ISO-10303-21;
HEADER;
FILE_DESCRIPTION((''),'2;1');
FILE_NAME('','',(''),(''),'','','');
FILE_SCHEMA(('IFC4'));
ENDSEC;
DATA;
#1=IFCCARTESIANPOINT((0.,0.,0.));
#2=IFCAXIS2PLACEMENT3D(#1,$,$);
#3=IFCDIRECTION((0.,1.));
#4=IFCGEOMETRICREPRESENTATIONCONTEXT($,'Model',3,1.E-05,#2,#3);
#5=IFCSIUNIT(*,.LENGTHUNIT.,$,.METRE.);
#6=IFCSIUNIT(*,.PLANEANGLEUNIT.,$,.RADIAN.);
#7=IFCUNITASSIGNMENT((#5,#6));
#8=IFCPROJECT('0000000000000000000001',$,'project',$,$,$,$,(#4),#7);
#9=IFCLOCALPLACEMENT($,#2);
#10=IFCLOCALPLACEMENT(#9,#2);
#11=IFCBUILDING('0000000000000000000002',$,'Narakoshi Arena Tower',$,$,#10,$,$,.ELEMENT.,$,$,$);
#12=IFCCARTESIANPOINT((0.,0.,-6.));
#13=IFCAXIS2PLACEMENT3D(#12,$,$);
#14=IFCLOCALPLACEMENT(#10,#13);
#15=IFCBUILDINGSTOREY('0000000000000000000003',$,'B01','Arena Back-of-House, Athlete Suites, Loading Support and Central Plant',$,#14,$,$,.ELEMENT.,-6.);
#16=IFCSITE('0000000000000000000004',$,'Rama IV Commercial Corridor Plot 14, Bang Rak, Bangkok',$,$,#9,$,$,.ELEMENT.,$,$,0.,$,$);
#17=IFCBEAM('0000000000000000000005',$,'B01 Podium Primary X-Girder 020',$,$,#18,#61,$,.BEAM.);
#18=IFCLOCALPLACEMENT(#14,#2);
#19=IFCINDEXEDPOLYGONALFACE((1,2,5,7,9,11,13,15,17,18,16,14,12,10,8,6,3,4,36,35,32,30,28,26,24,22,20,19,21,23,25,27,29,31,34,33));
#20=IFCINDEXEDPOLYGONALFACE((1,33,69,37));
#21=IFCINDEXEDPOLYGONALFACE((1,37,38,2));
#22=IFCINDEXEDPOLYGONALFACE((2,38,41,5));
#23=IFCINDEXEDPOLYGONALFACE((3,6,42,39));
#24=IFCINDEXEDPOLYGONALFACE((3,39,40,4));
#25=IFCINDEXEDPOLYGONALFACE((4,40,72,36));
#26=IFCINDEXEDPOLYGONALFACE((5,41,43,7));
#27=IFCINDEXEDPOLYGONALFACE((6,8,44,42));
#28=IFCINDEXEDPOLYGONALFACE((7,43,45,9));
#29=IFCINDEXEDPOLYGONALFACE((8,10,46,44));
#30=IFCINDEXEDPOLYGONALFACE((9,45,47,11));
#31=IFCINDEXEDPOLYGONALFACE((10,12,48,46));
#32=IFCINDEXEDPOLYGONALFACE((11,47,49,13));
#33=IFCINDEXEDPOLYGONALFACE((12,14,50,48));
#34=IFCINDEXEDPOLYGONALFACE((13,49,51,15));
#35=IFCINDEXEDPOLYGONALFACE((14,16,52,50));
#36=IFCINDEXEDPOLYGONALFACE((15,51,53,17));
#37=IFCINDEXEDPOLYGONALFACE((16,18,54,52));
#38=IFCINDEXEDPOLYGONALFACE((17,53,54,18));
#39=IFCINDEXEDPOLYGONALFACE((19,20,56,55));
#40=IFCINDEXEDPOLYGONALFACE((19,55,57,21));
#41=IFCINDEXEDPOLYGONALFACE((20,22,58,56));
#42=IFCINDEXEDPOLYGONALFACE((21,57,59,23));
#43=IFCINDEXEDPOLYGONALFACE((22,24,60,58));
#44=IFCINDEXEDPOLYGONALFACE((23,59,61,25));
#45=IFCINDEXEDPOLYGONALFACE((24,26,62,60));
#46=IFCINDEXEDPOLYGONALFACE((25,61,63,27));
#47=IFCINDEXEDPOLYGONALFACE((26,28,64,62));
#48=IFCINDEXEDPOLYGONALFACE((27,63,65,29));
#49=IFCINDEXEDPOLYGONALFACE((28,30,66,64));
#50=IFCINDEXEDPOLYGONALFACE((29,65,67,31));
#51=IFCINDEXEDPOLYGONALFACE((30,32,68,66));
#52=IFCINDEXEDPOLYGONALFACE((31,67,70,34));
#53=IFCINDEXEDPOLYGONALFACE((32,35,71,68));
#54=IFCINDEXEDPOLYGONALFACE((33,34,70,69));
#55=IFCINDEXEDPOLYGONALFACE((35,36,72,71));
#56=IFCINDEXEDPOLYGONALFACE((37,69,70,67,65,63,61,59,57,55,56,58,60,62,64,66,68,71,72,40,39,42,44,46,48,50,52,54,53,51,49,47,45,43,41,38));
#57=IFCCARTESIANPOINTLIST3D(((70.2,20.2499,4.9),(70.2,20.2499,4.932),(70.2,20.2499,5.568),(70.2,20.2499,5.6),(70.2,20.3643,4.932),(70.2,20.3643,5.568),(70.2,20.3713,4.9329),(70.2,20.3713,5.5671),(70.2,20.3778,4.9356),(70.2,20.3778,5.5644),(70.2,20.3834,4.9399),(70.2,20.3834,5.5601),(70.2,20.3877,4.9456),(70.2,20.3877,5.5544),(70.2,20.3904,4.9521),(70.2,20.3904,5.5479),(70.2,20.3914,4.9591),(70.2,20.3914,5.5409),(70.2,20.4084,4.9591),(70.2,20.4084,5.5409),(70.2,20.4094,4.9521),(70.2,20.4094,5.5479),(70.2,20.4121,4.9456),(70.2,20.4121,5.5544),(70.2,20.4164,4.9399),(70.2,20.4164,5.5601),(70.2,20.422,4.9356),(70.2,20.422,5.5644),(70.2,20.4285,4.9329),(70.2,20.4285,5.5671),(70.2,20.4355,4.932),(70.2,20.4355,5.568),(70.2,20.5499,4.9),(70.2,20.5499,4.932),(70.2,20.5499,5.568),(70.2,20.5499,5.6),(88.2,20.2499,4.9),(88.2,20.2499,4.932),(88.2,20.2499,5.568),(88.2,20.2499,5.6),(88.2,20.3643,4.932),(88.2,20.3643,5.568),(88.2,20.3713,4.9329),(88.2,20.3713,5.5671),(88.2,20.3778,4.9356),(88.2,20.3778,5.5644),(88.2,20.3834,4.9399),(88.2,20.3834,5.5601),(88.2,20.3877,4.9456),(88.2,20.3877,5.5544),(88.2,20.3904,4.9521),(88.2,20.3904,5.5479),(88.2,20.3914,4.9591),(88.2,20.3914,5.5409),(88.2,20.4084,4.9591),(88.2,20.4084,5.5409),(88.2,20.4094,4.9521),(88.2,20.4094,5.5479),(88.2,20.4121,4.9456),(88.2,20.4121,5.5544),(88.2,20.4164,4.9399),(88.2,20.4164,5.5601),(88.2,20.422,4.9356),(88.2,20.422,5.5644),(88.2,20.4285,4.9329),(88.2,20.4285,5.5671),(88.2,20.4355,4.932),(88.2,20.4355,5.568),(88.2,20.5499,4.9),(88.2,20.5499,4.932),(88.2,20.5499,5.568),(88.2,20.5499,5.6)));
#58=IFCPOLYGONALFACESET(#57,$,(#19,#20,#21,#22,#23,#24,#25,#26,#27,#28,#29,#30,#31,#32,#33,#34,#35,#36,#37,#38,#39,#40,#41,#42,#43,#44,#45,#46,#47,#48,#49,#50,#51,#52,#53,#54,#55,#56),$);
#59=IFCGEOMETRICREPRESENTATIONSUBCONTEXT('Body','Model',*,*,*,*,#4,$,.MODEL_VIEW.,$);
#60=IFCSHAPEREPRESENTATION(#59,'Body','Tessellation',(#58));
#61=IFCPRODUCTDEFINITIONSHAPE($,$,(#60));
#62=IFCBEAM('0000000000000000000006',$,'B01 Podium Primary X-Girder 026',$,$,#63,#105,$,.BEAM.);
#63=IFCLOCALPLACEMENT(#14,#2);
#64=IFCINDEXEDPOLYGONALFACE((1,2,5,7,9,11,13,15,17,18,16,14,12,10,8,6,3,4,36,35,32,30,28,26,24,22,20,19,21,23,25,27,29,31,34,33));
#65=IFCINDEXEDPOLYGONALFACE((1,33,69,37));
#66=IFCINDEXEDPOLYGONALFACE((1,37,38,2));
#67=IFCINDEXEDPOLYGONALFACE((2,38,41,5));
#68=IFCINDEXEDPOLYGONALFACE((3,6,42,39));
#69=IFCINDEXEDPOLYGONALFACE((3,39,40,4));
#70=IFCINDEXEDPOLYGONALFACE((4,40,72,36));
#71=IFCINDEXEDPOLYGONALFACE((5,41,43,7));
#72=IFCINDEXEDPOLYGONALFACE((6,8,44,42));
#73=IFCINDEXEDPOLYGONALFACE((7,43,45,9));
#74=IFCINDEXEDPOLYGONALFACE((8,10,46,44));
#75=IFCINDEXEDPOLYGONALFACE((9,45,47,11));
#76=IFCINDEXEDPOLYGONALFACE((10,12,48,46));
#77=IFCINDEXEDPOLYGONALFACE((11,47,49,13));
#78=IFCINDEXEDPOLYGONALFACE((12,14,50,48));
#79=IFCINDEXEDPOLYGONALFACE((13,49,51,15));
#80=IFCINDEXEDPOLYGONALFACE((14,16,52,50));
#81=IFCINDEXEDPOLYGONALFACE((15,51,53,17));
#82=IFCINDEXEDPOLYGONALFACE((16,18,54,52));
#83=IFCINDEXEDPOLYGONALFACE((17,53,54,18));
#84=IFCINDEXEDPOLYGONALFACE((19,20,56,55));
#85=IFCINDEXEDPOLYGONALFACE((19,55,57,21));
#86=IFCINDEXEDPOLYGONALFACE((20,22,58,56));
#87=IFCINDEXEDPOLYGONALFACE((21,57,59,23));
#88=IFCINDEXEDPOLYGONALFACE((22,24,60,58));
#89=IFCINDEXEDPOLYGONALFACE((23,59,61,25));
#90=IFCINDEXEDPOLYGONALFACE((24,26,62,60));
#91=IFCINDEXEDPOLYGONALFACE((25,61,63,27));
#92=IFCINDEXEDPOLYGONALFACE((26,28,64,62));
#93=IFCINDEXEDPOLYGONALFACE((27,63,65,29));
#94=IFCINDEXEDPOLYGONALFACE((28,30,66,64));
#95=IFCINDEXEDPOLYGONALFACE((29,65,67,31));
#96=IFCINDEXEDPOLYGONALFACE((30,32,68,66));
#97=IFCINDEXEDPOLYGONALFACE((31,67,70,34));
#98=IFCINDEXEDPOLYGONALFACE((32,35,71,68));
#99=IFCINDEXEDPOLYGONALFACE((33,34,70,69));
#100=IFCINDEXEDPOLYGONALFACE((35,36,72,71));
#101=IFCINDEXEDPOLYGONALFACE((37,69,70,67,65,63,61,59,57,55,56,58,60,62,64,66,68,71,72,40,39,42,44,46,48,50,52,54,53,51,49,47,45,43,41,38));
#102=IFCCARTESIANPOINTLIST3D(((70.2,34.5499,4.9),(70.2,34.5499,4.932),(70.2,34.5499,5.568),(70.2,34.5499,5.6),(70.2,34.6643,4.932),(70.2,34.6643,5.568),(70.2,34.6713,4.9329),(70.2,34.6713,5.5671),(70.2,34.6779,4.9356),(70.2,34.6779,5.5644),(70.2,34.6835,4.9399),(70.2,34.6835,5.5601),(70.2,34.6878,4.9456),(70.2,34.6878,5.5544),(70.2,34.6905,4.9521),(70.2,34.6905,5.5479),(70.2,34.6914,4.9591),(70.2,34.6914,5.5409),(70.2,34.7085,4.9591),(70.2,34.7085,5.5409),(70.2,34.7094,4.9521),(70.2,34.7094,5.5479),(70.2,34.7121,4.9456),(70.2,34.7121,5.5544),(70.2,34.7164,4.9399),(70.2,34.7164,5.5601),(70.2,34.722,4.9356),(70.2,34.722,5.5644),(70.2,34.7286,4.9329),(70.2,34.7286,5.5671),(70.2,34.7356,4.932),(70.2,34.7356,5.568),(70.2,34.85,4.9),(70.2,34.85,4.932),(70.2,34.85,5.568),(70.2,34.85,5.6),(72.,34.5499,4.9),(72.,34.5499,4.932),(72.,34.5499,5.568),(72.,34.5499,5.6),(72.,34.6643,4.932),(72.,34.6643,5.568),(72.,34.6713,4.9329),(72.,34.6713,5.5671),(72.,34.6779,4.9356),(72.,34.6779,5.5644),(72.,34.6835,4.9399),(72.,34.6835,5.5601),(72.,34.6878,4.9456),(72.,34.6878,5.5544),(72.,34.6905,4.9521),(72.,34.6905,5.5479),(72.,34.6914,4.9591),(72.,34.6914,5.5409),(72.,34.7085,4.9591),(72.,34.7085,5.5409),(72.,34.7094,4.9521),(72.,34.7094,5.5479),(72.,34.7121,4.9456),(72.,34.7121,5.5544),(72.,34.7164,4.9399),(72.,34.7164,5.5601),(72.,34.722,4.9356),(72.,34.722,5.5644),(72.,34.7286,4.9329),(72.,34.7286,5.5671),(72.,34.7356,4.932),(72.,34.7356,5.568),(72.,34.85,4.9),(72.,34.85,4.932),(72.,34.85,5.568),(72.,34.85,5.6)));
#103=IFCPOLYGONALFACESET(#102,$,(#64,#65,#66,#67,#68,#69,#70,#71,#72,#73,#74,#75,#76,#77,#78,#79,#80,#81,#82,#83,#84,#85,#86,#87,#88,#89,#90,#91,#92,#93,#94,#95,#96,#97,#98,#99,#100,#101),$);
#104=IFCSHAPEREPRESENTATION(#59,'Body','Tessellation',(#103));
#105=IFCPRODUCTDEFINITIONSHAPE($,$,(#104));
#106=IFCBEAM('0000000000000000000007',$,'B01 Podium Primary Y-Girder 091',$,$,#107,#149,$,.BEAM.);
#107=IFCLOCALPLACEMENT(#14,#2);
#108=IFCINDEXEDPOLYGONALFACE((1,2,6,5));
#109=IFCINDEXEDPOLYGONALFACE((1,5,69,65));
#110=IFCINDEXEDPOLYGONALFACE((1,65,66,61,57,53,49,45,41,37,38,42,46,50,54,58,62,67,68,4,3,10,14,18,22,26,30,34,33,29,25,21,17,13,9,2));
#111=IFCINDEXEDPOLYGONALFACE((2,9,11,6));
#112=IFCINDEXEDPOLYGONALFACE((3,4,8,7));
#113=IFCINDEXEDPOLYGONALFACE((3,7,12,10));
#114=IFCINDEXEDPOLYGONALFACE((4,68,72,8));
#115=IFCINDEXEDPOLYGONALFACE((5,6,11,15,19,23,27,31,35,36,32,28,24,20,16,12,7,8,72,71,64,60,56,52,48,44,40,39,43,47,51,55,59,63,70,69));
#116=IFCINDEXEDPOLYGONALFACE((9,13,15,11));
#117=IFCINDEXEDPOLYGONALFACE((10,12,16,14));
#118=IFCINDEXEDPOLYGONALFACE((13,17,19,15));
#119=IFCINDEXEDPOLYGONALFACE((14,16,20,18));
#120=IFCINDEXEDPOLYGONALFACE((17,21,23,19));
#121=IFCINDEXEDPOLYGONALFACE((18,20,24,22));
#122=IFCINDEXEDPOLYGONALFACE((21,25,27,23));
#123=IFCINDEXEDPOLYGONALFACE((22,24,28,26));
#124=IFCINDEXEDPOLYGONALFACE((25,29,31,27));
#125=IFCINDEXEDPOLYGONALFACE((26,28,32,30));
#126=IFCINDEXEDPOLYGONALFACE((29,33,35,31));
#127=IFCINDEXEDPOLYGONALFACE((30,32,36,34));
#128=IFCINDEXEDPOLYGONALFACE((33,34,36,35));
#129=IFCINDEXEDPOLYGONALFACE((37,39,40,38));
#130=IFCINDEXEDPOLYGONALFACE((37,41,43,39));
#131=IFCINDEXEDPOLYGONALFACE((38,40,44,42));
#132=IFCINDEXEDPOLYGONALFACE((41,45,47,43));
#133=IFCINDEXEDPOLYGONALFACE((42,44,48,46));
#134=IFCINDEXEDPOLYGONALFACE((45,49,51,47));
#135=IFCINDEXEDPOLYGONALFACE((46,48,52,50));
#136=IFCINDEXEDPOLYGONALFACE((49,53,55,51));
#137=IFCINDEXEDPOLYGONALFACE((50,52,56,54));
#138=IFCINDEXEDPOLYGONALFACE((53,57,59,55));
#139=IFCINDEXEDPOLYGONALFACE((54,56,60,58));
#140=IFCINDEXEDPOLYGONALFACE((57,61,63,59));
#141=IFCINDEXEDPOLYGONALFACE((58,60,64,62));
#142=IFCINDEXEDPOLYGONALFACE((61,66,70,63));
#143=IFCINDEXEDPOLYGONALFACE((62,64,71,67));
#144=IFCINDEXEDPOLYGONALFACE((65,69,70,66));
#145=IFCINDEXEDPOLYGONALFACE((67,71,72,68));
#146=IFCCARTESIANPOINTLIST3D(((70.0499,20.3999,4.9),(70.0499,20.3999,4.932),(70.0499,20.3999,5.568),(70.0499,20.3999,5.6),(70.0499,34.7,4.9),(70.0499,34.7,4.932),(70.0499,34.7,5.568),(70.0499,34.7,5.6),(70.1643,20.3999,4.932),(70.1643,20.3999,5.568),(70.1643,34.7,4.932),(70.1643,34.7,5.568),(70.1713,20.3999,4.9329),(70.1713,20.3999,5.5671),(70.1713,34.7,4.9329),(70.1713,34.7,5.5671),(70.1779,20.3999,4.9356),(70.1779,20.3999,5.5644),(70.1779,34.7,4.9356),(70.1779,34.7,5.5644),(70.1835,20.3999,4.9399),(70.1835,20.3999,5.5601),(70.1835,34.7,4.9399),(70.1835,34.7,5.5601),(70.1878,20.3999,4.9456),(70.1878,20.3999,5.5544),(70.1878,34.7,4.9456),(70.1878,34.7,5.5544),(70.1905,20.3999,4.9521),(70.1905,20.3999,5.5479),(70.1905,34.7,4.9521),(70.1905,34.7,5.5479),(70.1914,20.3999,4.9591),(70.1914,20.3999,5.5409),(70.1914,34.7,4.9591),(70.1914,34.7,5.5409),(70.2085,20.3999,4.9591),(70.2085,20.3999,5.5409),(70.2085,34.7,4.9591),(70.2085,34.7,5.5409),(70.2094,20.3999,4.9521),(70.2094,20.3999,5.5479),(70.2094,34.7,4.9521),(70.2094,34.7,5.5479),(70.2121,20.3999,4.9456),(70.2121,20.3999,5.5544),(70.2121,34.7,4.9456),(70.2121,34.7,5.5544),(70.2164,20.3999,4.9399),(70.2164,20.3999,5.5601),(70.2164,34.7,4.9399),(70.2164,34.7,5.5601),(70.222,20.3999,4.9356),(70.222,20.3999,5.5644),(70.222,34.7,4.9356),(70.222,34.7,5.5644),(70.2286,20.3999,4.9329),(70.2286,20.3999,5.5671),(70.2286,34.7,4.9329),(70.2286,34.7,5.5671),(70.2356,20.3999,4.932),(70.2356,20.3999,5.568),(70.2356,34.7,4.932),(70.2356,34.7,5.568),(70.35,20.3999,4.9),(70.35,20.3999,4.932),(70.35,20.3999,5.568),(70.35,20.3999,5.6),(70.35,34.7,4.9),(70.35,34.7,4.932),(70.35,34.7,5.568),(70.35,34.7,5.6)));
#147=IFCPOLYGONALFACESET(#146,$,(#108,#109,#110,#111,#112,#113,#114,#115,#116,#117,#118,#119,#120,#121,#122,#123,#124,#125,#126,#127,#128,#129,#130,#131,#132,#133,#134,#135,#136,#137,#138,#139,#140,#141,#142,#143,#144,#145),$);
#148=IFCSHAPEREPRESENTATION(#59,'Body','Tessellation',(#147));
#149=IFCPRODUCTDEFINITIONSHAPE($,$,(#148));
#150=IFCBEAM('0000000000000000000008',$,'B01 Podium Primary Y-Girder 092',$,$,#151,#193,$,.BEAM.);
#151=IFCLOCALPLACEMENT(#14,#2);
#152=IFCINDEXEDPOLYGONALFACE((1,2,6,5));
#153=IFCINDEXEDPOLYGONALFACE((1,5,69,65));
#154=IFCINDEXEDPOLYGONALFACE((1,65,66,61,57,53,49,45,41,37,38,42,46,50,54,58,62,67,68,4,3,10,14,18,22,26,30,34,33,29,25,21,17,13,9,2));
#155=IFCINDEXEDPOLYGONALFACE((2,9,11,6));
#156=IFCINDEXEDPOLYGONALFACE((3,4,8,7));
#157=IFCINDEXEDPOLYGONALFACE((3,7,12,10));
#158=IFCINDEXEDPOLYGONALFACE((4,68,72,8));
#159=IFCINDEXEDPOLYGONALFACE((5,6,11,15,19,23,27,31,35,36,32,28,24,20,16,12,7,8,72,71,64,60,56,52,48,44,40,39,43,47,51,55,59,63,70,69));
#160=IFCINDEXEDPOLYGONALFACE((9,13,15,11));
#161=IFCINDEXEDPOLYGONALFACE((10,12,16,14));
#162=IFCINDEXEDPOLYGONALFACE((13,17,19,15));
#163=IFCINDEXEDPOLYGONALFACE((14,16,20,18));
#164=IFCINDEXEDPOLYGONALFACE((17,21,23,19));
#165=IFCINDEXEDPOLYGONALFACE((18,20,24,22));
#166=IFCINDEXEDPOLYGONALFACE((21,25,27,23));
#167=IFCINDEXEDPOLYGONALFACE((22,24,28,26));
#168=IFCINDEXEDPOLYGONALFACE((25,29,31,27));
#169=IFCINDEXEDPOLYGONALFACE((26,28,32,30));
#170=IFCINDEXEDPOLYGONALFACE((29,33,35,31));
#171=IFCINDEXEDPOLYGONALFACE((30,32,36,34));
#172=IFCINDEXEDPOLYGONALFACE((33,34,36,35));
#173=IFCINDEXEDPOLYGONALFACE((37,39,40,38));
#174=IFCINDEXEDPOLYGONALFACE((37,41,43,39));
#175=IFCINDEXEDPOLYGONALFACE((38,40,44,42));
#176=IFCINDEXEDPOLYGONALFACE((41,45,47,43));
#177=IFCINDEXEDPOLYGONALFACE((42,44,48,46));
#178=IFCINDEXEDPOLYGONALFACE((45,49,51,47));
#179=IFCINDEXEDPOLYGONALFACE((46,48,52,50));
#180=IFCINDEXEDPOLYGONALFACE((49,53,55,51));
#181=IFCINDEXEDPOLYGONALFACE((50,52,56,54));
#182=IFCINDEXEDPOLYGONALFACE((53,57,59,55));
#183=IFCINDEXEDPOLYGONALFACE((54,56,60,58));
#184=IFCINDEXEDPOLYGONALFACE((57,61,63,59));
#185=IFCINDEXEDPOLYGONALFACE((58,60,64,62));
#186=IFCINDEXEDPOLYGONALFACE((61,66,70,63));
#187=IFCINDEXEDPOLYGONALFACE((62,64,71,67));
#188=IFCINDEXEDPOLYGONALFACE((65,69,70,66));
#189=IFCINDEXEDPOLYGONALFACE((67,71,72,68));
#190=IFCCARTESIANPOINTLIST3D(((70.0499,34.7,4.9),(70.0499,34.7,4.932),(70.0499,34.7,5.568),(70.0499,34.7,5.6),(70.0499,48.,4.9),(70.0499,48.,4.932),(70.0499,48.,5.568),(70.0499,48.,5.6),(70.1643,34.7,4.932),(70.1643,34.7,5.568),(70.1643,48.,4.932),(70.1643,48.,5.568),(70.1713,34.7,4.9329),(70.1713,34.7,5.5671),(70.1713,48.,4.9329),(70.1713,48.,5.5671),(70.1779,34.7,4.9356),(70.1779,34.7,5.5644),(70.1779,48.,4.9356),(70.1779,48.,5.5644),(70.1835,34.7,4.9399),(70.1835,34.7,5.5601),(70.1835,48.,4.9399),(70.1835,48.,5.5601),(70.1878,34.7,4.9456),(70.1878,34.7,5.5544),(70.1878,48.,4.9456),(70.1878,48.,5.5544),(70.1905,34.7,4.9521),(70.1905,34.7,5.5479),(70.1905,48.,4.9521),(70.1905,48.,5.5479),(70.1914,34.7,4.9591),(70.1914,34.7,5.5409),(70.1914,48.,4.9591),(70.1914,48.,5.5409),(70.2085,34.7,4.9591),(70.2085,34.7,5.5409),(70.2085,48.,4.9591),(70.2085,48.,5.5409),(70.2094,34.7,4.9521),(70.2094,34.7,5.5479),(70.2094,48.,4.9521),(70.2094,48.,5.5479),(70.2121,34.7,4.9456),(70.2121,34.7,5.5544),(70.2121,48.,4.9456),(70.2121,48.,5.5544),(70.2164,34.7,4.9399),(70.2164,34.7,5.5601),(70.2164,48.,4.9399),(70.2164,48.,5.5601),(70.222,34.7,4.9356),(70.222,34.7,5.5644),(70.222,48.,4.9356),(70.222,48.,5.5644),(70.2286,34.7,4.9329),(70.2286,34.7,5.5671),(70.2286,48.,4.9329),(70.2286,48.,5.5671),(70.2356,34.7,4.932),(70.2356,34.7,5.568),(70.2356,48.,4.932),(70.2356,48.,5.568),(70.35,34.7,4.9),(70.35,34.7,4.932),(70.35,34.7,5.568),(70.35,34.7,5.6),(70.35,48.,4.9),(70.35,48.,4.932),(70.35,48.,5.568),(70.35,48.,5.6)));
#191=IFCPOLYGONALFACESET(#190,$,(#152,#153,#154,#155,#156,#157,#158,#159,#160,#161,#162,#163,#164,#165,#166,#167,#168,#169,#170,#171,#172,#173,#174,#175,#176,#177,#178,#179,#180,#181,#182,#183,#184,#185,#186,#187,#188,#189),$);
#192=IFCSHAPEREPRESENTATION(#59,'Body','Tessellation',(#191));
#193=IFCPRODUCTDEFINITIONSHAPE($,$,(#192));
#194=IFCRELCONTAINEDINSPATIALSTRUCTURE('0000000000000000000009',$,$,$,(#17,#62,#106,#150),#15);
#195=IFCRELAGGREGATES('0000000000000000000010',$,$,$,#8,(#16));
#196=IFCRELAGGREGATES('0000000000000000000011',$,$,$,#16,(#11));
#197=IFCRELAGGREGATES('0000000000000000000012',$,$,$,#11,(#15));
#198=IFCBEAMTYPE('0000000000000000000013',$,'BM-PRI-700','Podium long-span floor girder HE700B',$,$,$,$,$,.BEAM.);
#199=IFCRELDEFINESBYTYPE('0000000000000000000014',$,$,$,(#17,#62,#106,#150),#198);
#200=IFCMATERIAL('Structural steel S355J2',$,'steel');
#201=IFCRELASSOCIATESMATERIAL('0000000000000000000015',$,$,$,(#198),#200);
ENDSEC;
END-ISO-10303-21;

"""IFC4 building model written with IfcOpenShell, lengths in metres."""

from ifc_helpers import new_model, si_unit, direction, frame, origin, origin_2d, place, context, subcontext, project, spatial, i_section, extrude, material, material_profile, profile_set, type_object, element, save


model = new_model("IFC4")

# Units and contexts
model_context = context("Model", 3, precision=1e-05, world=origin(), true_north=direction((0.0, 1.0)))
body_context = subcontext(model_context, "Body", "Model", "MODEL_VIEW")
ifc_project = project(units=[si_unit("LENGTHUNIT", "METRE"), si_unit("PLANEANGLEUNIT", "RADIAN")], contexts=[model_context])

# Site, building, storey
site_placement = place(None, origin())
site = spatial("IfcSite", under=ifc_project, at=site_placement, Name="Rama IV Commercial Corridor Plot 14, Bang Rak, Bangkok", CompositionType="ELEMENT", RefElevation=0.0)
building_placement = place(site_placement, origin())
building = spatial("IfcBuilding", under=site, at=building_placement, Name="Narakoshi Arena Tower", CompositionType="ELEMENT")
storey_placement = place(building_placement, frame((0.0, 0.0, -6.0)))
storey = spatial("IfcBuildingStorey", under=building, at=storey_placement, Name="B01", Description="Arena Back-of-House, Athlete Suites, Loading Support and Central Plant", CompositionType="ELEMENT", Elevation=-6.0)

# Beams
ifc_material_1 = material(Name="Structural steel S355J2", Category="steel")
ifc_material_profile_1 = material_profile(ifc_material_1, i_section(OverallWidth=0.3, OverallDepth=0.7, WebThickness=0.0171, FlangeThickness=0.032, FilletRadius=0.0271, at=origin_2d()), Name="HE700B")
ifc_profile_set_1 = profile_set([ifc_material_profile_1], Name="Structural steel S355J2")
beam_type = type_object("IfcBeamType", Name="BM-PRI-700", Description="Podium long-span floor girder HE700B", PredefinedType="BEAM", material=ifc_profile_set_1)
beam_1_placement = place(storey_placement, frame((70.2, 20.3999, 5.25), z_axis=(1.0, 0.0, 0.0), x_axis=(0.0, 1.0, 0.0)))
element("IfcBeam", 1, at=beam_1_placement, inside=storey, type_object=beam_type, Name="B01 Podium Primary X-Girder 020", PredefinedType="BEAM", context=body_context, shape_type="SweptSolid", body=[
    extrude(i_section(OverallWidth=0.3, OverallDepth=0.7, WebThickness=0.0171, FlangeThickness=0.032, FilletRadius=0.0271, at=origin_2d()), origin(), (0.0, 0.0, 1.0), 18.0),
])
beam_2_placement = place(storey_placement, frame((70.2, 34.7, 5.25), z_axis=(1.0, 0.0, 0.0), x_axis=(0.0, 1.0, 0.0)))
element("IfcBeam", 2, at=beam_2_placement, inside=storey, type_object=beam_type, Name="B01 Podium Primary X-Girder 026", PredefinedType="BEAM", context=body_context, shape_type="SweptSolid", body=[
    extrude(i_section(OverallWidth=0.3, OverallDepth=0.7, WebThickness=0.0171, FlangeThickness=0.032, FilletRadius=0.0271, at=origin_2d()), origin(), (0.0, 0.0, 1.0), 1.8),
])
beam_3_placement = place(storey_placement, frame((70.2, 20.3999, 5.25), z_axis=(0.0, 1.0, 0.0), x_axis=(-1.0, 0.0, 0.0)))
element("IfcBeam", 3, at=beam_3_placement, inside=storey, type_object=beam_type, Name="B01 Podium Primary Y-Girder 091", PredefinedType="BEAM", context=body_context, shape_type="SweptSolid", body=[
    extrude(i_section(OverallWidth=0.3, OverallDepth=0.7, WebThickness=0.0171, FlangeThickness=0.032, FilletRadius=0.0271, at=origin_2d()), origin(), (0.0, 0.0, 1.0), 14.3),
])
beam_4_placement = place(storey_placement, frame((70.2, 34.7, 5.25), z_axis=(0.0, 1.0, 0.0), x_axis=(-1.0, 0.0, 0.0)))
element("IfcBeam", 4, at=beam_4_placement, inside=storey, type_object=beam_type, Name="B01 Podium Primary Y-Girder 092", PredefinedType="BEAM", context=body_context, shape_type="SweptSolid", body=[
    extrude(i_section(OverallWidth=0.3, OverallDepth=0.7, WebThickness=0.0171, FlangeThickness=0.032, FilletRadius=0.0271, at=origin_2d()), origin(), (0.0, 0.0, 1.0), 13.3),
])

save(model, "model.ifc")
